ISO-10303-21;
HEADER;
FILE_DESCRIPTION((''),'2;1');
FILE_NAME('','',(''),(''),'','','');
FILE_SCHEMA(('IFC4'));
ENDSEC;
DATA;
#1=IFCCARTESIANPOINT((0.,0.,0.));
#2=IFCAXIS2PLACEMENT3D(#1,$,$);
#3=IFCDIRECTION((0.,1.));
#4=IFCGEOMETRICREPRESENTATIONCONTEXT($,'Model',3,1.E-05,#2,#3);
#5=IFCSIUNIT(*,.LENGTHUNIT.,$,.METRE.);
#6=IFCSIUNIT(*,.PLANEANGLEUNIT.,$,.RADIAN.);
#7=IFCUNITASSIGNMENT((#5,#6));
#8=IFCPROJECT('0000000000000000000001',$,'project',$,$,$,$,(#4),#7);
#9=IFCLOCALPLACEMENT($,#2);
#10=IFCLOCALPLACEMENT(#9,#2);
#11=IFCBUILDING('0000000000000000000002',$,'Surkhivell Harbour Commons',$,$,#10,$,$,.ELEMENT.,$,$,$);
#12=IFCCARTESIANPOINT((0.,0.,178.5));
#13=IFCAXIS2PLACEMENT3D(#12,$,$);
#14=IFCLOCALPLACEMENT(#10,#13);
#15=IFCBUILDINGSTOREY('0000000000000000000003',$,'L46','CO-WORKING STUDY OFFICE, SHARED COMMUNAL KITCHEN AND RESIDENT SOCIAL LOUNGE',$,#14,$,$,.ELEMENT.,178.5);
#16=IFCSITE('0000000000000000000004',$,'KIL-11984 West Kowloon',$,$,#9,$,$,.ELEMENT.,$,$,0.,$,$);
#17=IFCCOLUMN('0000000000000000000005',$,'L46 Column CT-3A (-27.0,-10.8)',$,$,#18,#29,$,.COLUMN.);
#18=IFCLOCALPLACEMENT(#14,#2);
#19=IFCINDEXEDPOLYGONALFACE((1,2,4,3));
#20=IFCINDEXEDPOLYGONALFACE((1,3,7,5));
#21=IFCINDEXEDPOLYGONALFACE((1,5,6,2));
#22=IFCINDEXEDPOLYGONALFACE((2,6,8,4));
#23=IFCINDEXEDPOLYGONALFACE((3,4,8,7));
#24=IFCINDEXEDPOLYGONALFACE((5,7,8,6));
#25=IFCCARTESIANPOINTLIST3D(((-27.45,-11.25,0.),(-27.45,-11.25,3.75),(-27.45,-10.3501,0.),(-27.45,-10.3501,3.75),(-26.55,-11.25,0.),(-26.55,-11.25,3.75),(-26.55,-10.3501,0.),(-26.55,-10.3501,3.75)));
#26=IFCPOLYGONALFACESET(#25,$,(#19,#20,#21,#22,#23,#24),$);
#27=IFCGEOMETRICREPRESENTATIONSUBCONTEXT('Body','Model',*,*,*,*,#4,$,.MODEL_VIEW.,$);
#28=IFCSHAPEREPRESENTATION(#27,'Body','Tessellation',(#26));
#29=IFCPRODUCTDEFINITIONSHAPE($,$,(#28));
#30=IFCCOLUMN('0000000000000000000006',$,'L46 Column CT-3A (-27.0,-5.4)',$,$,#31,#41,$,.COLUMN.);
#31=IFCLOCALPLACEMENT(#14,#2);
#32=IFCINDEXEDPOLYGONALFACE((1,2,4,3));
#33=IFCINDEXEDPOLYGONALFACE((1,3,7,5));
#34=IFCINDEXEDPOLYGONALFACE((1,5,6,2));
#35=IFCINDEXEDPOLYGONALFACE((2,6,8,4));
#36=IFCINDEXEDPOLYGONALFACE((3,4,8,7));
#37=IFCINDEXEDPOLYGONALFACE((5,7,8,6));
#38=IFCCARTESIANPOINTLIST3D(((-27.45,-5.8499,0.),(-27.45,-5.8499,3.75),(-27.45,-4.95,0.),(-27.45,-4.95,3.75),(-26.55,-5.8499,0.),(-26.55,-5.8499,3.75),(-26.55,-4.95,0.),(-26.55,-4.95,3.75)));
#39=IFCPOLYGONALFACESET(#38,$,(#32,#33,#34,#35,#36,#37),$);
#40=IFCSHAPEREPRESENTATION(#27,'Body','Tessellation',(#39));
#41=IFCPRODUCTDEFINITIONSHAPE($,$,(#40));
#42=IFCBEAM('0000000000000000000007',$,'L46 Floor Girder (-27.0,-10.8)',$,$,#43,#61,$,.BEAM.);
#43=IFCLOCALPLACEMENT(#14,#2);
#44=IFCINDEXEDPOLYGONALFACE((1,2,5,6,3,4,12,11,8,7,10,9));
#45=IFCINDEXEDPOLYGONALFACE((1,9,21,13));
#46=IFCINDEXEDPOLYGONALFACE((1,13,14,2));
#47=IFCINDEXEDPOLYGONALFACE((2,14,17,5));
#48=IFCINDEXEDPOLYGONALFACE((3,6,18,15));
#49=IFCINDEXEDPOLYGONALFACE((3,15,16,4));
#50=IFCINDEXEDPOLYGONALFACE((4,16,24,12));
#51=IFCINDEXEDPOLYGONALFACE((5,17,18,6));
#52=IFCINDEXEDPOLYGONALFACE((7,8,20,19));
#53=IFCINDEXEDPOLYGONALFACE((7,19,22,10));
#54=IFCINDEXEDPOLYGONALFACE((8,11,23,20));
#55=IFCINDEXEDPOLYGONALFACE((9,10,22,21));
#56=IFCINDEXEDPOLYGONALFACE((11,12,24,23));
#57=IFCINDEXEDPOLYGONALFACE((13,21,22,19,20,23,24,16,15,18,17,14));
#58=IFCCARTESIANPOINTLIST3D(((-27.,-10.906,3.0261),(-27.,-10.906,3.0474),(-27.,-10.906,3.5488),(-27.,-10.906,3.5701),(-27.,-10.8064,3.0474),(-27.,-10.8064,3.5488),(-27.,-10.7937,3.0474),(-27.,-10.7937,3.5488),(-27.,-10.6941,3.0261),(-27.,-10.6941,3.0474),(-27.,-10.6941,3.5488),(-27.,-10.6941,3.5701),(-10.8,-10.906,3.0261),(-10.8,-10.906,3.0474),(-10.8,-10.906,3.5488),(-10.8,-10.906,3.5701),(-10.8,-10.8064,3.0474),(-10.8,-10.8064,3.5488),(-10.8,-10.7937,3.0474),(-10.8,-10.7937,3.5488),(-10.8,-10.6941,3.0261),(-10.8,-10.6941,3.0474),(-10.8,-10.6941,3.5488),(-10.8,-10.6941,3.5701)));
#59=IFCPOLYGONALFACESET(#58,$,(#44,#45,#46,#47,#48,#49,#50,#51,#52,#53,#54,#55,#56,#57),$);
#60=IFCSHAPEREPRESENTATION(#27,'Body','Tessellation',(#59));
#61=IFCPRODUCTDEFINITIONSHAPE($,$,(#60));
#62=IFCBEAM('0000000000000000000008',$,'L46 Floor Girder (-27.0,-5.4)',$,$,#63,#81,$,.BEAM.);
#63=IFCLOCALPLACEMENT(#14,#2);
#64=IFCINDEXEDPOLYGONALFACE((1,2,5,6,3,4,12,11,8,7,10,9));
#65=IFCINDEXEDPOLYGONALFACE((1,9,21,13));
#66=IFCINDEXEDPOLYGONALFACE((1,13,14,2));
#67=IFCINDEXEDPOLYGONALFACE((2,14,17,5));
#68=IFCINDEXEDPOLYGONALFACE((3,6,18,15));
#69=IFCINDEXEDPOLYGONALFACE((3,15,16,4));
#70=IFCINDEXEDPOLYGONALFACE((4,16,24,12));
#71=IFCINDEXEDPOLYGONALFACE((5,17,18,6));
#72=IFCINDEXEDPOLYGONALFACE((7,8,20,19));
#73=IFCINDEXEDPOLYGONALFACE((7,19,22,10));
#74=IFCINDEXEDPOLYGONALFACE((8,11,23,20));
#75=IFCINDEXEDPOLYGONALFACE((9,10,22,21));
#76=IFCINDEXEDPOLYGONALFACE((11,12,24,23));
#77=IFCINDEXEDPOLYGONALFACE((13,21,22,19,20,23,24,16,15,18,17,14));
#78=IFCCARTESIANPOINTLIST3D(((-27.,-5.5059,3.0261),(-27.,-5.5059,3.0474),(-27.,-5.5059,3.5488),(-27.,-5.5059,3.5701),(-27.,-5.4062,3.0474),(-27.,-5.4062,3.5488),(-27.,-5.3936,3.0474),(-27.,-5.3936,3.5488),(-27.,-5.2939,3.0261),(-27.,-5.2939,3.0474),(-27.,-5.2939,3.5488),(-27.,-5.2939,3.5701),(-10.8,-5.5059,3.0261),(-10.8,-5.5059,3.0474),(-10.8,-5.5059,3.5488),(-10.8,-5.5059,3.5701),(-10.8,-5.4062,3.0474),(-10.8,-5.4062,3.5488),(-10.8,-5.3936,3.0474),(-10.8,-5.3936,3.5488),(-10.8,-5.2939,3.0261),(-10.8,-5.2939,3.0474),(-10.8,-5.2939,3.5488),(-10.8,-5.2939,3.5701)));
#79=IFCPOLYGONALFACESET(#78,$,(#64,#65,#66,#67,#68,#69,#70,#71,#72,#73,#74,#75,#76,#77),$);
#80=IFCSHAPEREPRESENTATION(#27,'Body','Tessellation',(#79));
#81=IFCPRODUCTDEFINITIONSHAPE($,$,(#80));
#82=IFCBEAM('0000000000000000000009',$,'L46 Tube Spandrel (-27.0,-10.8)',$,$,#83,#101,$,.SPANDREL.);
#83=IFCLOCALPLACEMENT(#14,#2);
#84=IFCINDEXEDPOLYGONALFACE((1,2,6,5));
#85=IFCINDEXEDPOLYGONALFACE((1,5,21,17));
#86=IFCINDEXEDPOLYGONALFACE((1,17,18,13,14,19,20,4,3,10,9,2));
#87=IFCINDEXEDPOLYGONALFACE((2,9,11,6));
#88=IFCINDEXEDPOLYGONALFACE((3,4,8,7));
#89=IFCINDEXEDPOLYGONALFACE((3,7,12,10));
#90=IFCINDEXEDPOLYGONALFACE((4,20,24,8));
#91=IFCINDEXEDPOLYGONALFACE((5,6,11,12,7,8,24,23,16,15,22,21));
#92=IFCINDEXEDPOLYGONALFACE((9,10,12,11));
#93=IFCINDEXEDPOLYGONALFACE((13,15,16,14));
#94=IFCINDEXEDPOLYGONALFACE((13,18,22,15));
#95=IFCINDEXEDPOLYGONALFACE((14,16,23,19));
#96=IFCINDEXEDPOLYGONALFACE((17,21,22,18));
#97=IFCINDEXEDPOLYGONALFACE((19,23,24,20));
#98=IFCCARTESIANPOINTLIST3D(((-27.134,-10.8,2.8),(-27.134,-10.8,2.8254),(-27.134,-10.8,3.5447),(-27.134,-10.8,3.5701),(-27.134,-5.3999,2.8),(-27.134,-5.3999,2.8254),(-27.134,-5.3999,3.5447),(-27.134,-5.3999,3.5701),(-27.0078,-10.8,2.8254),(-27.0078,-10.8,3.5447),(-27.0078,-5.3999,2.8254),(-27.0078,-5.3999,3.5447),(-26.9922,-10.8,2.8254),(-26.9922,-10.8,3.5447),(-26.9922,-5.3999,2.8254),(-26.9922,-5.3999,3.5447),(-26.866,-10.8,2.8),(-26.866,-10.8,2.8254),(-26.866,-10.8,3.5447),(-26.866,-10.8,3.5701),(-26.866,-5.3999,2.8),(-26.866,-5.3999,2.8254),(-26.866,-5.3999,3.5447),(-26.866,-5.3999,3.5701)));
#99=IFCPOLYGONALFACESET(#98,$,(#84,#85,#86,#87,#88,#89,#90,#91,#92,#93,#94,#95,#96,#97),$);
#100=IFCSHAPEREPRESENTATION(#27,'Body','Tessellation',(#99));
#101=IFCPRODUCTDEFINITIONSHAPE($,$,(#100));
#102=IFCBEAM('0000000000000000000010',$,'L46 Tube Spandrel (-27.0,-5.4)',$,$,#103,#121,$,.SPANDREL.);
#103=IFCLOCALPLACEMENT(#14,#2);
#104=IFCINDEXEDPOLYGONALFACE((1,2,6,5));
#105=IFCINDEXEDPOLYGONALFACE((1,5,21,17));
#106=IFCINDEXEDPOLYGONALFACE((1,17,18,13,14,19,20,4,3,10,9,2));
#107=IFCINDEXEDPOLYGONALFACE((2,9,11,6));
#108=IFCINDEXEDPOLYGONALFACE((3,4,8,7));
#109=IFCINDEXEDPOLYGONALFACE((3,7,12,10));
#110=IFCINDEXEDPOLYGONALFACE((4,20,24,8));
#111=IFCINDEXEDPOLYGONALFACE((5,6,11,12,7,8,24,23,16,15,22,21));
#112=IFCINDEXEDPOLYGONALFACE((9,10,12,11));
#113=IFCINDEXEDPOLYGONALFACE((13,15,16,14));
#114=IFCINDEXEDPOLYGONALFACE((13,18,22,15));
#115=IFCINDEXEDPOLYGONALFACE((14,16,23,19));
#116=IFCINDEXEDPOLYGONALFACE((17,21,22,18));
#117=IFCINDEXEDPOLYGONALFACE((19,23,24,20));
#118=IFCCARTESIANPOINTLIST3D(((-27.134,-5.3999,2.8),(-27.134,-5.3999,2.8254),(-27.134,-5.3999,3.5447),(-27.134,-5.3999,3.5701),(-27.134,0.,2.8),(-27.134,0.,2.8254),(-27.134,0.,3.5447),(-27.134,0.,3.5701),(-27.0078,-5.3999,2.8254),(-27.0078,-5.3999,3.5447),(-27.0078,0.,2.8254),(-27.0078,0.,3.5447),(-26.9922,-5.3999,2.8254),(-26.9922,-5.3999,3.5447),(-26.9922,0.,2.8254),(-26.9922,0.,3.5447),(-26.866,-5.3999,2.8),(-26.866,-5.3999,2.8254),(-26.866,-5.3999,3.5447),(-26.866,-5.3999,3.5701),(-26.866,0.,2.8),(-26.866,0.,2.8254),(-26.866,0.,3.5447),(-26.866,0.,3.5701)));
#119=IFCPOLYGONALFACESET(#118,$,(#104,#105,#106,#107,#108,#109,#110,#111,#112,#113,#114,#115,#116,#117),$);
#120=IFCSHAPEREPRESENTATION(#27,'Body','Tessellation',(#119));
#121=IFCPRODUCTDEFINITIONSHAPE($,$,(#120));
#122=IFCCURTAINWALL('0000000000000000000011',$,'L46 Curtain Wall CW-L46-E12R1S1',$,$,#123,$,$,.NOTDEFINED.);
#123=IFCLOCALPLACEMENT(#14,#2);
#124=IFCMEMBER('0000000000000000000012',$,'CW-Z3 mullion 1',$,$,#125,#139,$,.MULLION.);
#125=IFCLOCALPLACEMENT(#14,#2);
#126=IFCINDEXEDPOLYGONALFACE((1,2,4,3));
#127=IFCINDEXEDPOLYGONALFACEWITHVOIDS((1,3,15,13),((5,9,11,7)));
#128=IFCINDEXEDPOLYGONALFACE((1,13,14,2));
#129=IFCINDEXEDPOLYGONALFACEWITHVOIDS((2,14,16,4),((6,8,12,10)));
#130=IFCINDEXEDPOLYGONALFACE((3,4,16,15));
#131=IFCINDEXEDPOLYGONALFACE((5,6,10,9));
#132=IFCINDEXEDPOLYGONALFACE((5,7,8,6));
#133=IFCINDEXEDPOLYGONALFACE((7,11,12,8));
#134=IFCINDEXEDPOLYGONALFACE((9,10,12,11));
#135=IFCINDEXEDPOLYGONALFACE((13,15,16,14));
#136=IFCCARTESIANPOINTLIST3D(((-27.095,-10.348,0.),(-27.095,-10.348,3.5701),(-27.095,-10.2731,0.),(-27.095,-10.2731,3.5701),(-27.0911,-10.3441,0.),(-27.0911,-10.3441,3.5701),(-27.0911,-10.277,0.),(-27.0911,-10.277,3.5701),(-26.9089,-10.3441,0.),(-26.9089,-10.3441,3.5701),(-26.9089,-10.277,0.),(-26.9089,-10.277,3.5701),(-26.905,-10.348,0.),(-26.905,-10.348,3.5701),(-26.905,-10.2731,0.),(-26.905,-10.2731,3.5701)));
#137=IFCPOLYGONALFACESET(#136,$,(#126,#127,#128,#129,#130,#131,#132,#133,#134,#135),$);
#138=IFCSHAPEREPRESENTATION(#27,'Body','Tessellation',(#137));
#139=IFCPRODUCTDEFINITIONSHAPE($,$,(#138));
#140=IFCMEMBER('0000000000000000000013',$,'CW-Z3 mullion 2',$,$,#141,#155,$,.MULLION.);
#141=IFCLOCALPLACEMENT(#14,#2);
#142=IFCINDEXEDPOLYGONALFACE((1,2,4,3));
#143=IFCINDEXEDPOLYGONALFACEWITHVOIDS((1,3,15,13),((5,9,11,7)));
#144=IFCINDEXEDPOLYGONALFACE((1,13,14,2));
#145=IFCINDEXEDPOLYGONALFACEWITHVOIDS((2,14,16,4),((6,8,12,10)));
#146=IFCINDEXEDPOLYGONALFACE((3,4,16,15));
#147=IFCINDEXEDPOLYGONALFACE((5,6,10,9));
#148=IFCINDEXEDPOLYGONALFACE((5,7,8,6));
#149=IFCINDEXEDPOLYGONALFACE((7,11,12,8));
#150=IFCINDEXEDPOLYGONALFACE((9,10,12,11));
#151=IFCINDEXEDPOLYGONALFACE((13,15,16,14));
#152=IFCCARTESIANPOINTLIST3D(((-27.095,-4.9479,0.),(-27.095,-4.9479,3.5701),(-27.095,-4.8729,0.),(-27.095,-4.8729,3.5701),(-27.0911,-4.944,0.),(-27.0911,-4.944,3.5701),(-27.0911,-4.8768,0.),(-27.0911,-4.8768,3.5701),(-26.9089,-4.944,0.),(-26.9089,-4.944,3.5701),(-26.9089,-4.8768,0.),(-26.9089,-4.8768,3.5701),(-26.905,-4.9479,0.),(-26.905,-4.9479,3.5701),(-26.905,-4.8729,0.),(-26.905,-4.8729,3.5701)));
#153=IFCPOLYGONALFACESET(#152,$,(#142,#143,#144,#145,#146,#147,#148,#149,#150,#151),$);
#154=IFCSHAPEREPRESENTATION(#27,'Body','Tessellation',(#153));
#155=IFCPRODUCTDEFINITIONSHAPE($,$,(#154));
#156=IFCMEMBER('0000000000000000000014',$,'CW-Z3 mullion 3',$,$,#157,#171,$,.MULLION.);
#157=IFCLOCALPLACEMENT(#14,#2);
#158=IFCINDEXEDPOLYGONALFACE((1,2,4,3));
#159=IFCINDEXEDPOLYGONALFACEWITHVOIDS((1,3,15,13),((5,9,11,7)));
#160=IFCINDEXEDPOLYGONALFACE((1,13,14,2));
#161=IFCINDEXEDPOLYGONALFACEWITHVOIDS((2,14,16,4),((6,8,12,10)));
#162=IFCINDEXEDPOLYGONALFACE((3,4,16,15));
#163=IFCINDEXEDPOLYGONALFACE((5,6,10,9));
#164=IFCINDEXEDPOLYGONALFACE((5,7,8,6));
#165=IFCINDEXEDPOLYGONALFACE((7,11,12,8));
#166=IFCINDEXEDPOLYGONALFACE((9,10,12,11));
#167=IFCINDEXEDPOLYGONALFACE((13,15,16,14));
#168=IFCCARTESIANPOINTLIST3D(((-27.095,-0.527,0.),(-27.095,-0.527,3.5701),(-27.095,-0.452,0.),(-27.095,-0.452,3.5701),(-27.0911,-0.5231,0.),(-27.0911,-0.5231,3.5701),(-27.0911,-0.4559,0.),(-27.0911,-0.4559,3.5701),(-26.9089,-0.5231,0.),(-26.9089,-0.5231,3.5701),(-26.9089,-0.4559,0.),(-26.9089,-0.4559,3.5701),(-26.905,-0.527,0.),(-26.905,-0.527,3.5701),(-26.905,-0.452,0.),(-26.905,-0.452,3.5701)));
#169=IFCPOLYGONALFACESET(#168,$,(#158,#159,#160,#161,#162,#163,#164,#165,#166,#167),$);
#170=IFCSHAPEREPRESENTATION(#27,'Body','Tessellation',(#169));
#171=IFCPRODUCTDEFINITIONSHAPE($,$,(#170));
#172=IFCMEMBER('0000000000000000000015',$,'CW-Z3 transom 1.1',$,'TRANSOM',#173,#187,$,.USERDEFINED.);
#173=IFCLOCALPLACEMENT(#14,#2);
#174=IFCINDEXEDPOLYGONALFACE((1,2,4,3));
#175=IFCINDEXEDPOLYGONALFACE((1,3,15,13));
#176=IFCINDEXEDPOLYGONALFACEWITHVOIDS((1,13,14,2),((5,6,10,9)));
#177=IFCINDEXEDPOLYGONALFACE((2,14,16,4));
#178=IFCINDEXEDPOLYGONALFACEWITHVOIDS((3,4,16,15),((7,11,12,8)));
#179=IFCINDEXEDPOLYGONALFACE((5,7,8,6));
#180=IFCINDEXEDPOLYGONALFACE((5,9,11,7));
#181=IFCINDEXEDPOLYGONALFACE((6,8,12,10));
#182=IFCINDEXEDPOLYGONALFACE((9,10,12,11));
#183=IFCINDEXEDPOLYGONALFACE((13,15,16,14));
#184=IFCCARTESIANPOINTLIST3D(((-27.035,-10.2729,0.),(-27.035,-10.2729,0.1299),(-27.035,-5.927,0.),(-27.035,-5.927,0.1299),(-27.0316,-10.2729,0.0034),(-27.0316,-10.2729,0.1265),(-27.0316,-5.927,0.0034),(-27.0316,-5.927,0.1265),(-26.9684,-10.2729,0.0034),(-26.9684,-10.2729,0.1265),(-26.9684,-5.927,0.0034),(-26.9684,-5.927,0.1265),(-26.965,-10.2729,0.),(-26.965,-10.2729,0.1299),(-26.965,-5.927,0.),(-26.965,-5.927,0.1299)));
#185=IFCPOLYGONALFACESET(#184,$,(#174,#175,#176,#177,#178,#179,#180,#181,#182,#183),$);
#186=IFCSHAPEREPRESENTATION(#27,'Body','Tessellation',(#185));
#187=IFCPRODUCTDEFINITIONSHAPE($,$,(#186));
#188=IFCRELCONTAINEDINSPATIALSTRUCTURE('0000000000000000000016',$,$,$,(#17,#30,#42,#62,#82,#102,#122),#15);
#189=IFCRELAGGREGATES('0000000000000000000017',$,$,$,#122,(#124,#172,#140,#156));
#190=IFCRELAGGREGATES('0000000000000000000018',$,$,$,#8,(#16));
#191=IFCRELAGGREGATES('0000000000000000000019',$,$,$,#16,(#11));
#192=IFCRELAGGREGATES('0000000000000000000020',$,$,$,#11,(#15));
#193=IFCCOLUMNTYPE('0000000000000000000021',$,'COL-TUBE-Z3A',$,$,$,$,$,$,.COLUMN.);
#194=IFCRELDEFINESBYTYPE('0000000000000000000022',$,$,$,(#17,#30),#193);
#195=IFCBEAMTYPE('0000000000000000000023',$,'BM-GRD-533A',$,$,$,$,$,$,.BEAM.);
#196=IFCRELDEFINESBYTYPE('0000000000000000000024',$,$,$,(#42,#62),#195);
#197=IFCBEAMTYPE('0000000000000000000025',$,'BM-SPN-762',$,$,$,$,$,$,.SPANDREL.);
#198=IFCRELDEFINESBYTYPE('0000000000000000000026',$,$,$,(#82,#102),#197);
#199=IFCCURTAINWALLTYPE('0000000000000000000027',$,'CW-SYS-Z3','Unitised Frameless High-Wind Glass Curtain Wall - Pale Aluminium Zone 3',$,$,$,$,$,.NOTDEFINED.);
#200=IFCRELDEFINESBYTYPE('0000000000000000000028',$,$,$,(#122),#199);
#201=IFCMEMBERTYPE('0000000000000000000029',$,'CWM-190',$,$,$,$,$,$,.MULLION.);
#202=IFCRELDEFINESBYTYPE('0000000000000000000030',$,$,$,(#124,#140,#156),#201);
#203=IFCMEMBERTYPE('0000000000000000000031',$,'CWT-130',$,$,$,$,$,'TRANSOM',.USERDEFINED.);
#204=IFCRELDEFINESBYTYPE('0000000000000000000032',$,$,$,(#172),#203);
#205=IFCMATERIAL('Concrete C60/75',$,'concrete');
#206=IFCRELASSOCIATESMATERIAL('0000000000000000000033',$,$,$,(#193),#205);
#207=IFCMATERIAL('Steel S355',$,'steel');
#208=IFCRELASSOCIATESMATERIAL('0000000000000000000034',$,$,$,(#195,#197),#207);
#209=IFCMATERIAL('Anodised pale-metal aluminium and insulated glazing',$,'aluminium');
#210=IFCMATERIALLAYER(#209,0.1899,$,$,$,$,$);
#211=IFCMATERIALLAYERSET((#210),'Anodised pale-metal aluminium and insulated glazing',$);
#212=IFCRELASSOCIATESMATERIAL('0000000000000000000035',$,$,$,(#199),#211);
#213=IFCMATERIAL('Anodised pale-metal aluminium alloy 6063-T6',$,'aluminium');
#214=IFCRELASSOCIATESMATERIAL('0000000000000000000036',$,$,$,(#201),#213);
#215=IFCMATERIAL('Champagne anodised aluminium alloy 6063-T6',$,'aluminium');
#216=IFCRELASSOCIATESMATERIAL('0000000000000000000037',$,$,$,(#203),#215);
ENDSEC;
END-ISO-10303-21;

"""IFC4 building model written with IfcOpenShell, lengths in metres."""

from ifc_helpers import new_model, si_unit, direction, frame, origin, origin_2d, place, context, subcontext, project, spatial, rectangle, hollow_rectangle, i_section, extrude, material, layer, layer_set, material_profile, profile_set, type_object, element, aggregate, save


model = new_model("IFC4")

# Units and contexts
model_context = context("Model", 3, precision=1e-05, world=origin(), true_north=direction((0.0, 1.0)))
body_context = subcontext(model_context, "Body", "Model", "MODEL_VIEW")
ifc_project = project(units=[si_unit("LENGTHUNIT", "METRE"), si_unit("PLANEANGLEUNIT", "RADIAN")], contexts=[model_context])

# Site, building, storey
site_placement = place(None, origin())
site = spatial("IfcSite", under=ifc_project, at=site_placement, Name="KIL-11984 West Kowloon", CompositionType="ELEMENT", RefElevation=0.0)
building_placement = place(site_placement, origin())
building = spatial("IfcBuilding", under=site, at=building_placement, Name="Surkhivell Harbour Commons", CompositionType="ELEMENT")
storey_placement = place(building_placement, frame((0.0, 0.0, 178.5)))
storey = spatial("IfcBuildingStorey", under=building, at=storey_placement, Name="L46", Description="CO-WORKING STUDY OFFICE, SHARED COMMUNAL KITCHEN AND RESIDENT SOCIAL LOUNGE", CompositionType="ELEMENT", Elevation=178.5)

# Columns
ifc_material_1 = material(Name="Concrete C60/75", Category="concrete")
ifc_material_profile_1 = material_profile(ifc_material_1, rectangle(XDim=0.8999, YDim=0.8999, at=origin_2d()), Name="RC-COL-900x900")
ifc_profile_set_1 = profile_set([ifc_material_profile_1], Name="Concrete C60/75")
column_type = type_object("IfcColumnType", Name="COL-TUBE-Z3A", PredefinedType="COLUMN", material=ifc_profile_set_1)
for number, where, z_axis, x_axis, name in (
    (1, (-27.0, -10.8, 0.0), (0.0, 0.0, 1.0), (1.0, 0.0, 0.0), "L46 Column CT-3A (-27.0,-10.8)"),
    (2, (-27.0, -5.3999, 0.0), (0.0, 0.0, 1.0), (1.0, 0.0, 0.0), "L46 Column CT-3A (-27.0,-5.4)"),
):
    element("IfcColumn", number, at=place(storey_placement, frame(where, z_axis=z_axis, x_axis=x_axis)), inside=storey, type_object=column_type, Name=name, PredefinedType="COLUMN", context=body_context, shape_type="SweptSolid", body=[
        extrude(rectangle(XDim=0.8999, YDim=0.8999, at=origin_2d()), origin(), (0.0, 0.0, 1.0), 3.75),
    ])

# Beams
ifc_material_2 = material(Name="Steel S355", Category="steel")
ifc_material_profile_2 = material_profile(ifc_material_2, i_section(OverallWidth=0.2119, OverallDepth=0.5439, WebThickness=0.0127, FlangeThickness=0.0212, at=origin_2d()), Name="UB533x210x122")
ifc_profile_set_2 = profile_set([ifc_material_profile_2], Name="Steel S355")
beam_type_1 = type_object("IfcBeamType", Name="BM-GRD-533A", PredefinedType="BEAM", material=ifc_profile_set_2)
for number, where, z_axis, x_axis, name in (
    (3, (-27.0, -10.8, 3.2981), (1.0, 0.0, 0.0), (0.0, 1.0, 0.0), "L46 Floor Girder (-27.0,-10.8)"),
    (4, (-27.0, -5.3999, 3.2981), (1.0, 0.0, 0.0), (0.0, 1.0, 0.0), "L46 Floor Girder (-27.0,-5.4)"),
):
    element("IfcBeam", number, at=place(storey_placement, frame(where, z_axis=z_axis, x_axis=x_axis)), inside=storey, type_object=beam_type_1, Name=name, PredefinedType="BEAM", context=body_context, shape_type="SweptSolid", body=[
        extrude(i_section(OverallWidth=0.2119, OverallDepth=0.5439, WebThickness=0.0127, FlangeThickness=0.0212, at=origin_2d()), origin(), (0.0, 0.0, 1.0), 16.2),
    ])
ifc_material_profile_3 = material_profile(ifc_material_2, i_section(OverallWidth=0.2681, OverallDepth=0.77, WebThickness=0.0156, FlangeThickness=0.0254, at=origin_2d()), Name="UB762x267x197")
ifc_profile_set_3 = profile_set([ifc_material_profile_3], Name="Steel S355")
beam_type_2 = type_object("IfcBeamType", Name="BM-SPN-762", PredefinedType="SPANDREL", material=ifc_profile_set_3)
beam_1_placement = place(storey_placement, frame((-27.0, -10.8, 3.1851), z_axis=(0.0, 1.0, 0.0), x_axis=(-1.0, 0.0, 0.0)))
element("IfcBeam", 5, at=beam_1_placement, inside=storey, type_object=beam_type_2, Name="L46 Tube Spandrel (-27.0,-10.8)", PredefinedType="SPANDREL", context=body_context, shape_type="SweptSolid", body=[
    extrude(i_section(OverallWidth=0.2681, OverallDepth=0.77, WebThickness=0.0156, FlangeThickness=0.0254, at=origin_2d()), origin(), (0.0, 0.0, 1.0), 5.4001),
])
beam_2_placement = place(storey_placement, frame((-27.0, -5.3999, 3.1851), z_axis=(0.0, 1.0, 0.0), x_axis=(-1.0, 0.0, 0.0)))
element("IfcBeam", 6, at=beam_2_placement, inside=storey, type_object=beam_type_2, Name="L46 Tube Spandrel (-27.0,-5.4)", PredefinedType="SPANDREL", context=body_context, shape_type="SweptSolid", body=[
    extrude(i_section(OverallWidth=0.2681, OverallDepth=0.77, WebThickness=0.0156, FlangeThickness=0.0254, at=origin_2d()), origin(), (0.0, 0.0, 1.0), 5.3999),
])

# Curtain wall, members
ifc_material_3 = material(Name="Anodised pale-metal aluminium and insulated glazing", Category="aluminium")
ifc_layer_1 = layer(ifc_material_3, 0.1899)
ifc_layer_set_1 = layer_set([ifc_layer_1], Name="Anodised pale-metal aluminium and insulated glazing")
curtain_wall_type = type_object("IfcCurtainWallType", Name="CW-SYS-Z3", Description="Unitised Frameless High-Wind Glass Curtain Wall - Pale Aluminium Zone 3", PredefinedType="NOTDEFINED", material=ifc_layer_set_1)
curtain_wall_placement = place(storey_placement, origin())
curtain_wall = element("IfcCurtainWall", 7, at=curtain_wall_placement, inside=storey, type_object=curtain_wall_type, Name="L46 Curtain Wall CW-L46-E12R1S1", PredefinedType="NOTDEFINED")
ifc_material_4 = material(Name="Anodised pale-metal aluminium alloy 6063-T6", Category="aluminium")
ifc_material_profile_4 = material_profile(ifc_material_4, hollow_rectangle(XDim=0.075, YDim=0.1899, WallThickness=0.0039, at=origin_2d()), Name="ALU-MULL-75x190")
ifc_profile_set_4 = profile_set([ifc_material_profile_4], Name="Anodised pale-metal aluminium alloy 6063-T6")
member_type_1 = type_object("IfcMemberType", Name="CWM-190", PredefinedType="MULLION", material=ifc_profile_set_4)
member_1_placement = place(storey_placement, frame((-27.0, -10.3105, 0.0), z_axis=(0.0, 0.0, 1.0), x_axis=(0.0, 1.0, 0.0)))
member_1 = element("IfcMember", 8, at=member_1_placement, type_object=member_type_1, Name="CW-Z3 mullion 1", PredefinedType="MULLION", context=body_context, shape_type="SweptSolid", body=[
    extrude(hollow_rectangle(XDim=0.075, YDim=0.1899, WallThickness=0.0039, at=origin_2d()), origin(), (0.0, 0.0, 1.0), 3.5701),
])
member_2_placement = place(storey_placement, frame((-27.0, -4.9104, 0.0), z_axis=(0.0, 0.0, 1.0), x_axis=(0.0, 1.0, 0.0)))
member_2 = element("IfcMember", 9, at=member_2_placement, type_object=member_type_1, Name="CW-Z3 mullion 2", PredefinedType="MULLION", context=body_context, shape_type="SweptSolid", body=[
    extrude(hollow_rectangle(XDim=0.075, YDim=0.1899, WallThickness=0.0039, at=origin_2d()), origin(), (0.0, 0.0, 1.0), 3.5701),
])
member_3_placement = place(storey_placement, frame((-27.0, -0.4895, 0.0), z_axis=(0.0, 0.0, 1.0), x_axis=(0.0, 1.0, 0.0)))
member_3 = element("IfcMember", 10, at=member_3_placement, type_object=member_type_1, Name="CW-Z3 mullion 3", PredefinedType="MULLION", context=body_context, shape_type="SweptSolid", body=[
    extrude(hollow_rectangle(XDim=0.075, YDim=0.1899, WallThickness=0.0039, at=origin_2d()), origin(), (0.0, 0.0, 1.0), 3.5701),
])
ifc_material_5 = material(Name="Champagne anodised aluminium alloy 6063-T6", Category="aluminium")
ifc_material_profile_5 = material_profile(ifc_material_5, hollow_rectangle(XDim=0.0701, YDim=0.1299, WallThickness=0.0034, at=origin_2d()), Name="ALU-TRAN-70x130")
ifc_profile_set_5 = profile_set([ifc_material_profile_5], Name="Champagne anodised aluminium alloy 6063-T6")
member_type_2 = type_object("IfcMemberType", Name="CWT-130", ElementType="TRANSOM", PredefinedType="USERDEFINED", material=ifc_profile_set_5)
member_4_placement = place(storey_placement, frame((-27.0, -10.2729, 0.0649), z_axis=(0.0, 1.0, 0.0), x_axis=(-1.0, 0.0, 0.0)))
member_4 = element("IfcMember", 11, at=member_4_placement, type_object=member_type_2, Name="CW-Z3 transom 1.1", ObjectType="TRANSOM", PredefinedType="USERDEFINED", context=body_context, shape_type="SweptSolid", body=[
    extrude(hollow_rectangle(XDim=0.0701, YDim=0.1299, WallThickness=0.0034, at=origin_2d()), origin(), (0.0, 0.0, 1.0), 4.3459),
])

aggregate(curtain_wall, [member_1, member_4, member_2, member_3])

save(model, "model.ifc")
